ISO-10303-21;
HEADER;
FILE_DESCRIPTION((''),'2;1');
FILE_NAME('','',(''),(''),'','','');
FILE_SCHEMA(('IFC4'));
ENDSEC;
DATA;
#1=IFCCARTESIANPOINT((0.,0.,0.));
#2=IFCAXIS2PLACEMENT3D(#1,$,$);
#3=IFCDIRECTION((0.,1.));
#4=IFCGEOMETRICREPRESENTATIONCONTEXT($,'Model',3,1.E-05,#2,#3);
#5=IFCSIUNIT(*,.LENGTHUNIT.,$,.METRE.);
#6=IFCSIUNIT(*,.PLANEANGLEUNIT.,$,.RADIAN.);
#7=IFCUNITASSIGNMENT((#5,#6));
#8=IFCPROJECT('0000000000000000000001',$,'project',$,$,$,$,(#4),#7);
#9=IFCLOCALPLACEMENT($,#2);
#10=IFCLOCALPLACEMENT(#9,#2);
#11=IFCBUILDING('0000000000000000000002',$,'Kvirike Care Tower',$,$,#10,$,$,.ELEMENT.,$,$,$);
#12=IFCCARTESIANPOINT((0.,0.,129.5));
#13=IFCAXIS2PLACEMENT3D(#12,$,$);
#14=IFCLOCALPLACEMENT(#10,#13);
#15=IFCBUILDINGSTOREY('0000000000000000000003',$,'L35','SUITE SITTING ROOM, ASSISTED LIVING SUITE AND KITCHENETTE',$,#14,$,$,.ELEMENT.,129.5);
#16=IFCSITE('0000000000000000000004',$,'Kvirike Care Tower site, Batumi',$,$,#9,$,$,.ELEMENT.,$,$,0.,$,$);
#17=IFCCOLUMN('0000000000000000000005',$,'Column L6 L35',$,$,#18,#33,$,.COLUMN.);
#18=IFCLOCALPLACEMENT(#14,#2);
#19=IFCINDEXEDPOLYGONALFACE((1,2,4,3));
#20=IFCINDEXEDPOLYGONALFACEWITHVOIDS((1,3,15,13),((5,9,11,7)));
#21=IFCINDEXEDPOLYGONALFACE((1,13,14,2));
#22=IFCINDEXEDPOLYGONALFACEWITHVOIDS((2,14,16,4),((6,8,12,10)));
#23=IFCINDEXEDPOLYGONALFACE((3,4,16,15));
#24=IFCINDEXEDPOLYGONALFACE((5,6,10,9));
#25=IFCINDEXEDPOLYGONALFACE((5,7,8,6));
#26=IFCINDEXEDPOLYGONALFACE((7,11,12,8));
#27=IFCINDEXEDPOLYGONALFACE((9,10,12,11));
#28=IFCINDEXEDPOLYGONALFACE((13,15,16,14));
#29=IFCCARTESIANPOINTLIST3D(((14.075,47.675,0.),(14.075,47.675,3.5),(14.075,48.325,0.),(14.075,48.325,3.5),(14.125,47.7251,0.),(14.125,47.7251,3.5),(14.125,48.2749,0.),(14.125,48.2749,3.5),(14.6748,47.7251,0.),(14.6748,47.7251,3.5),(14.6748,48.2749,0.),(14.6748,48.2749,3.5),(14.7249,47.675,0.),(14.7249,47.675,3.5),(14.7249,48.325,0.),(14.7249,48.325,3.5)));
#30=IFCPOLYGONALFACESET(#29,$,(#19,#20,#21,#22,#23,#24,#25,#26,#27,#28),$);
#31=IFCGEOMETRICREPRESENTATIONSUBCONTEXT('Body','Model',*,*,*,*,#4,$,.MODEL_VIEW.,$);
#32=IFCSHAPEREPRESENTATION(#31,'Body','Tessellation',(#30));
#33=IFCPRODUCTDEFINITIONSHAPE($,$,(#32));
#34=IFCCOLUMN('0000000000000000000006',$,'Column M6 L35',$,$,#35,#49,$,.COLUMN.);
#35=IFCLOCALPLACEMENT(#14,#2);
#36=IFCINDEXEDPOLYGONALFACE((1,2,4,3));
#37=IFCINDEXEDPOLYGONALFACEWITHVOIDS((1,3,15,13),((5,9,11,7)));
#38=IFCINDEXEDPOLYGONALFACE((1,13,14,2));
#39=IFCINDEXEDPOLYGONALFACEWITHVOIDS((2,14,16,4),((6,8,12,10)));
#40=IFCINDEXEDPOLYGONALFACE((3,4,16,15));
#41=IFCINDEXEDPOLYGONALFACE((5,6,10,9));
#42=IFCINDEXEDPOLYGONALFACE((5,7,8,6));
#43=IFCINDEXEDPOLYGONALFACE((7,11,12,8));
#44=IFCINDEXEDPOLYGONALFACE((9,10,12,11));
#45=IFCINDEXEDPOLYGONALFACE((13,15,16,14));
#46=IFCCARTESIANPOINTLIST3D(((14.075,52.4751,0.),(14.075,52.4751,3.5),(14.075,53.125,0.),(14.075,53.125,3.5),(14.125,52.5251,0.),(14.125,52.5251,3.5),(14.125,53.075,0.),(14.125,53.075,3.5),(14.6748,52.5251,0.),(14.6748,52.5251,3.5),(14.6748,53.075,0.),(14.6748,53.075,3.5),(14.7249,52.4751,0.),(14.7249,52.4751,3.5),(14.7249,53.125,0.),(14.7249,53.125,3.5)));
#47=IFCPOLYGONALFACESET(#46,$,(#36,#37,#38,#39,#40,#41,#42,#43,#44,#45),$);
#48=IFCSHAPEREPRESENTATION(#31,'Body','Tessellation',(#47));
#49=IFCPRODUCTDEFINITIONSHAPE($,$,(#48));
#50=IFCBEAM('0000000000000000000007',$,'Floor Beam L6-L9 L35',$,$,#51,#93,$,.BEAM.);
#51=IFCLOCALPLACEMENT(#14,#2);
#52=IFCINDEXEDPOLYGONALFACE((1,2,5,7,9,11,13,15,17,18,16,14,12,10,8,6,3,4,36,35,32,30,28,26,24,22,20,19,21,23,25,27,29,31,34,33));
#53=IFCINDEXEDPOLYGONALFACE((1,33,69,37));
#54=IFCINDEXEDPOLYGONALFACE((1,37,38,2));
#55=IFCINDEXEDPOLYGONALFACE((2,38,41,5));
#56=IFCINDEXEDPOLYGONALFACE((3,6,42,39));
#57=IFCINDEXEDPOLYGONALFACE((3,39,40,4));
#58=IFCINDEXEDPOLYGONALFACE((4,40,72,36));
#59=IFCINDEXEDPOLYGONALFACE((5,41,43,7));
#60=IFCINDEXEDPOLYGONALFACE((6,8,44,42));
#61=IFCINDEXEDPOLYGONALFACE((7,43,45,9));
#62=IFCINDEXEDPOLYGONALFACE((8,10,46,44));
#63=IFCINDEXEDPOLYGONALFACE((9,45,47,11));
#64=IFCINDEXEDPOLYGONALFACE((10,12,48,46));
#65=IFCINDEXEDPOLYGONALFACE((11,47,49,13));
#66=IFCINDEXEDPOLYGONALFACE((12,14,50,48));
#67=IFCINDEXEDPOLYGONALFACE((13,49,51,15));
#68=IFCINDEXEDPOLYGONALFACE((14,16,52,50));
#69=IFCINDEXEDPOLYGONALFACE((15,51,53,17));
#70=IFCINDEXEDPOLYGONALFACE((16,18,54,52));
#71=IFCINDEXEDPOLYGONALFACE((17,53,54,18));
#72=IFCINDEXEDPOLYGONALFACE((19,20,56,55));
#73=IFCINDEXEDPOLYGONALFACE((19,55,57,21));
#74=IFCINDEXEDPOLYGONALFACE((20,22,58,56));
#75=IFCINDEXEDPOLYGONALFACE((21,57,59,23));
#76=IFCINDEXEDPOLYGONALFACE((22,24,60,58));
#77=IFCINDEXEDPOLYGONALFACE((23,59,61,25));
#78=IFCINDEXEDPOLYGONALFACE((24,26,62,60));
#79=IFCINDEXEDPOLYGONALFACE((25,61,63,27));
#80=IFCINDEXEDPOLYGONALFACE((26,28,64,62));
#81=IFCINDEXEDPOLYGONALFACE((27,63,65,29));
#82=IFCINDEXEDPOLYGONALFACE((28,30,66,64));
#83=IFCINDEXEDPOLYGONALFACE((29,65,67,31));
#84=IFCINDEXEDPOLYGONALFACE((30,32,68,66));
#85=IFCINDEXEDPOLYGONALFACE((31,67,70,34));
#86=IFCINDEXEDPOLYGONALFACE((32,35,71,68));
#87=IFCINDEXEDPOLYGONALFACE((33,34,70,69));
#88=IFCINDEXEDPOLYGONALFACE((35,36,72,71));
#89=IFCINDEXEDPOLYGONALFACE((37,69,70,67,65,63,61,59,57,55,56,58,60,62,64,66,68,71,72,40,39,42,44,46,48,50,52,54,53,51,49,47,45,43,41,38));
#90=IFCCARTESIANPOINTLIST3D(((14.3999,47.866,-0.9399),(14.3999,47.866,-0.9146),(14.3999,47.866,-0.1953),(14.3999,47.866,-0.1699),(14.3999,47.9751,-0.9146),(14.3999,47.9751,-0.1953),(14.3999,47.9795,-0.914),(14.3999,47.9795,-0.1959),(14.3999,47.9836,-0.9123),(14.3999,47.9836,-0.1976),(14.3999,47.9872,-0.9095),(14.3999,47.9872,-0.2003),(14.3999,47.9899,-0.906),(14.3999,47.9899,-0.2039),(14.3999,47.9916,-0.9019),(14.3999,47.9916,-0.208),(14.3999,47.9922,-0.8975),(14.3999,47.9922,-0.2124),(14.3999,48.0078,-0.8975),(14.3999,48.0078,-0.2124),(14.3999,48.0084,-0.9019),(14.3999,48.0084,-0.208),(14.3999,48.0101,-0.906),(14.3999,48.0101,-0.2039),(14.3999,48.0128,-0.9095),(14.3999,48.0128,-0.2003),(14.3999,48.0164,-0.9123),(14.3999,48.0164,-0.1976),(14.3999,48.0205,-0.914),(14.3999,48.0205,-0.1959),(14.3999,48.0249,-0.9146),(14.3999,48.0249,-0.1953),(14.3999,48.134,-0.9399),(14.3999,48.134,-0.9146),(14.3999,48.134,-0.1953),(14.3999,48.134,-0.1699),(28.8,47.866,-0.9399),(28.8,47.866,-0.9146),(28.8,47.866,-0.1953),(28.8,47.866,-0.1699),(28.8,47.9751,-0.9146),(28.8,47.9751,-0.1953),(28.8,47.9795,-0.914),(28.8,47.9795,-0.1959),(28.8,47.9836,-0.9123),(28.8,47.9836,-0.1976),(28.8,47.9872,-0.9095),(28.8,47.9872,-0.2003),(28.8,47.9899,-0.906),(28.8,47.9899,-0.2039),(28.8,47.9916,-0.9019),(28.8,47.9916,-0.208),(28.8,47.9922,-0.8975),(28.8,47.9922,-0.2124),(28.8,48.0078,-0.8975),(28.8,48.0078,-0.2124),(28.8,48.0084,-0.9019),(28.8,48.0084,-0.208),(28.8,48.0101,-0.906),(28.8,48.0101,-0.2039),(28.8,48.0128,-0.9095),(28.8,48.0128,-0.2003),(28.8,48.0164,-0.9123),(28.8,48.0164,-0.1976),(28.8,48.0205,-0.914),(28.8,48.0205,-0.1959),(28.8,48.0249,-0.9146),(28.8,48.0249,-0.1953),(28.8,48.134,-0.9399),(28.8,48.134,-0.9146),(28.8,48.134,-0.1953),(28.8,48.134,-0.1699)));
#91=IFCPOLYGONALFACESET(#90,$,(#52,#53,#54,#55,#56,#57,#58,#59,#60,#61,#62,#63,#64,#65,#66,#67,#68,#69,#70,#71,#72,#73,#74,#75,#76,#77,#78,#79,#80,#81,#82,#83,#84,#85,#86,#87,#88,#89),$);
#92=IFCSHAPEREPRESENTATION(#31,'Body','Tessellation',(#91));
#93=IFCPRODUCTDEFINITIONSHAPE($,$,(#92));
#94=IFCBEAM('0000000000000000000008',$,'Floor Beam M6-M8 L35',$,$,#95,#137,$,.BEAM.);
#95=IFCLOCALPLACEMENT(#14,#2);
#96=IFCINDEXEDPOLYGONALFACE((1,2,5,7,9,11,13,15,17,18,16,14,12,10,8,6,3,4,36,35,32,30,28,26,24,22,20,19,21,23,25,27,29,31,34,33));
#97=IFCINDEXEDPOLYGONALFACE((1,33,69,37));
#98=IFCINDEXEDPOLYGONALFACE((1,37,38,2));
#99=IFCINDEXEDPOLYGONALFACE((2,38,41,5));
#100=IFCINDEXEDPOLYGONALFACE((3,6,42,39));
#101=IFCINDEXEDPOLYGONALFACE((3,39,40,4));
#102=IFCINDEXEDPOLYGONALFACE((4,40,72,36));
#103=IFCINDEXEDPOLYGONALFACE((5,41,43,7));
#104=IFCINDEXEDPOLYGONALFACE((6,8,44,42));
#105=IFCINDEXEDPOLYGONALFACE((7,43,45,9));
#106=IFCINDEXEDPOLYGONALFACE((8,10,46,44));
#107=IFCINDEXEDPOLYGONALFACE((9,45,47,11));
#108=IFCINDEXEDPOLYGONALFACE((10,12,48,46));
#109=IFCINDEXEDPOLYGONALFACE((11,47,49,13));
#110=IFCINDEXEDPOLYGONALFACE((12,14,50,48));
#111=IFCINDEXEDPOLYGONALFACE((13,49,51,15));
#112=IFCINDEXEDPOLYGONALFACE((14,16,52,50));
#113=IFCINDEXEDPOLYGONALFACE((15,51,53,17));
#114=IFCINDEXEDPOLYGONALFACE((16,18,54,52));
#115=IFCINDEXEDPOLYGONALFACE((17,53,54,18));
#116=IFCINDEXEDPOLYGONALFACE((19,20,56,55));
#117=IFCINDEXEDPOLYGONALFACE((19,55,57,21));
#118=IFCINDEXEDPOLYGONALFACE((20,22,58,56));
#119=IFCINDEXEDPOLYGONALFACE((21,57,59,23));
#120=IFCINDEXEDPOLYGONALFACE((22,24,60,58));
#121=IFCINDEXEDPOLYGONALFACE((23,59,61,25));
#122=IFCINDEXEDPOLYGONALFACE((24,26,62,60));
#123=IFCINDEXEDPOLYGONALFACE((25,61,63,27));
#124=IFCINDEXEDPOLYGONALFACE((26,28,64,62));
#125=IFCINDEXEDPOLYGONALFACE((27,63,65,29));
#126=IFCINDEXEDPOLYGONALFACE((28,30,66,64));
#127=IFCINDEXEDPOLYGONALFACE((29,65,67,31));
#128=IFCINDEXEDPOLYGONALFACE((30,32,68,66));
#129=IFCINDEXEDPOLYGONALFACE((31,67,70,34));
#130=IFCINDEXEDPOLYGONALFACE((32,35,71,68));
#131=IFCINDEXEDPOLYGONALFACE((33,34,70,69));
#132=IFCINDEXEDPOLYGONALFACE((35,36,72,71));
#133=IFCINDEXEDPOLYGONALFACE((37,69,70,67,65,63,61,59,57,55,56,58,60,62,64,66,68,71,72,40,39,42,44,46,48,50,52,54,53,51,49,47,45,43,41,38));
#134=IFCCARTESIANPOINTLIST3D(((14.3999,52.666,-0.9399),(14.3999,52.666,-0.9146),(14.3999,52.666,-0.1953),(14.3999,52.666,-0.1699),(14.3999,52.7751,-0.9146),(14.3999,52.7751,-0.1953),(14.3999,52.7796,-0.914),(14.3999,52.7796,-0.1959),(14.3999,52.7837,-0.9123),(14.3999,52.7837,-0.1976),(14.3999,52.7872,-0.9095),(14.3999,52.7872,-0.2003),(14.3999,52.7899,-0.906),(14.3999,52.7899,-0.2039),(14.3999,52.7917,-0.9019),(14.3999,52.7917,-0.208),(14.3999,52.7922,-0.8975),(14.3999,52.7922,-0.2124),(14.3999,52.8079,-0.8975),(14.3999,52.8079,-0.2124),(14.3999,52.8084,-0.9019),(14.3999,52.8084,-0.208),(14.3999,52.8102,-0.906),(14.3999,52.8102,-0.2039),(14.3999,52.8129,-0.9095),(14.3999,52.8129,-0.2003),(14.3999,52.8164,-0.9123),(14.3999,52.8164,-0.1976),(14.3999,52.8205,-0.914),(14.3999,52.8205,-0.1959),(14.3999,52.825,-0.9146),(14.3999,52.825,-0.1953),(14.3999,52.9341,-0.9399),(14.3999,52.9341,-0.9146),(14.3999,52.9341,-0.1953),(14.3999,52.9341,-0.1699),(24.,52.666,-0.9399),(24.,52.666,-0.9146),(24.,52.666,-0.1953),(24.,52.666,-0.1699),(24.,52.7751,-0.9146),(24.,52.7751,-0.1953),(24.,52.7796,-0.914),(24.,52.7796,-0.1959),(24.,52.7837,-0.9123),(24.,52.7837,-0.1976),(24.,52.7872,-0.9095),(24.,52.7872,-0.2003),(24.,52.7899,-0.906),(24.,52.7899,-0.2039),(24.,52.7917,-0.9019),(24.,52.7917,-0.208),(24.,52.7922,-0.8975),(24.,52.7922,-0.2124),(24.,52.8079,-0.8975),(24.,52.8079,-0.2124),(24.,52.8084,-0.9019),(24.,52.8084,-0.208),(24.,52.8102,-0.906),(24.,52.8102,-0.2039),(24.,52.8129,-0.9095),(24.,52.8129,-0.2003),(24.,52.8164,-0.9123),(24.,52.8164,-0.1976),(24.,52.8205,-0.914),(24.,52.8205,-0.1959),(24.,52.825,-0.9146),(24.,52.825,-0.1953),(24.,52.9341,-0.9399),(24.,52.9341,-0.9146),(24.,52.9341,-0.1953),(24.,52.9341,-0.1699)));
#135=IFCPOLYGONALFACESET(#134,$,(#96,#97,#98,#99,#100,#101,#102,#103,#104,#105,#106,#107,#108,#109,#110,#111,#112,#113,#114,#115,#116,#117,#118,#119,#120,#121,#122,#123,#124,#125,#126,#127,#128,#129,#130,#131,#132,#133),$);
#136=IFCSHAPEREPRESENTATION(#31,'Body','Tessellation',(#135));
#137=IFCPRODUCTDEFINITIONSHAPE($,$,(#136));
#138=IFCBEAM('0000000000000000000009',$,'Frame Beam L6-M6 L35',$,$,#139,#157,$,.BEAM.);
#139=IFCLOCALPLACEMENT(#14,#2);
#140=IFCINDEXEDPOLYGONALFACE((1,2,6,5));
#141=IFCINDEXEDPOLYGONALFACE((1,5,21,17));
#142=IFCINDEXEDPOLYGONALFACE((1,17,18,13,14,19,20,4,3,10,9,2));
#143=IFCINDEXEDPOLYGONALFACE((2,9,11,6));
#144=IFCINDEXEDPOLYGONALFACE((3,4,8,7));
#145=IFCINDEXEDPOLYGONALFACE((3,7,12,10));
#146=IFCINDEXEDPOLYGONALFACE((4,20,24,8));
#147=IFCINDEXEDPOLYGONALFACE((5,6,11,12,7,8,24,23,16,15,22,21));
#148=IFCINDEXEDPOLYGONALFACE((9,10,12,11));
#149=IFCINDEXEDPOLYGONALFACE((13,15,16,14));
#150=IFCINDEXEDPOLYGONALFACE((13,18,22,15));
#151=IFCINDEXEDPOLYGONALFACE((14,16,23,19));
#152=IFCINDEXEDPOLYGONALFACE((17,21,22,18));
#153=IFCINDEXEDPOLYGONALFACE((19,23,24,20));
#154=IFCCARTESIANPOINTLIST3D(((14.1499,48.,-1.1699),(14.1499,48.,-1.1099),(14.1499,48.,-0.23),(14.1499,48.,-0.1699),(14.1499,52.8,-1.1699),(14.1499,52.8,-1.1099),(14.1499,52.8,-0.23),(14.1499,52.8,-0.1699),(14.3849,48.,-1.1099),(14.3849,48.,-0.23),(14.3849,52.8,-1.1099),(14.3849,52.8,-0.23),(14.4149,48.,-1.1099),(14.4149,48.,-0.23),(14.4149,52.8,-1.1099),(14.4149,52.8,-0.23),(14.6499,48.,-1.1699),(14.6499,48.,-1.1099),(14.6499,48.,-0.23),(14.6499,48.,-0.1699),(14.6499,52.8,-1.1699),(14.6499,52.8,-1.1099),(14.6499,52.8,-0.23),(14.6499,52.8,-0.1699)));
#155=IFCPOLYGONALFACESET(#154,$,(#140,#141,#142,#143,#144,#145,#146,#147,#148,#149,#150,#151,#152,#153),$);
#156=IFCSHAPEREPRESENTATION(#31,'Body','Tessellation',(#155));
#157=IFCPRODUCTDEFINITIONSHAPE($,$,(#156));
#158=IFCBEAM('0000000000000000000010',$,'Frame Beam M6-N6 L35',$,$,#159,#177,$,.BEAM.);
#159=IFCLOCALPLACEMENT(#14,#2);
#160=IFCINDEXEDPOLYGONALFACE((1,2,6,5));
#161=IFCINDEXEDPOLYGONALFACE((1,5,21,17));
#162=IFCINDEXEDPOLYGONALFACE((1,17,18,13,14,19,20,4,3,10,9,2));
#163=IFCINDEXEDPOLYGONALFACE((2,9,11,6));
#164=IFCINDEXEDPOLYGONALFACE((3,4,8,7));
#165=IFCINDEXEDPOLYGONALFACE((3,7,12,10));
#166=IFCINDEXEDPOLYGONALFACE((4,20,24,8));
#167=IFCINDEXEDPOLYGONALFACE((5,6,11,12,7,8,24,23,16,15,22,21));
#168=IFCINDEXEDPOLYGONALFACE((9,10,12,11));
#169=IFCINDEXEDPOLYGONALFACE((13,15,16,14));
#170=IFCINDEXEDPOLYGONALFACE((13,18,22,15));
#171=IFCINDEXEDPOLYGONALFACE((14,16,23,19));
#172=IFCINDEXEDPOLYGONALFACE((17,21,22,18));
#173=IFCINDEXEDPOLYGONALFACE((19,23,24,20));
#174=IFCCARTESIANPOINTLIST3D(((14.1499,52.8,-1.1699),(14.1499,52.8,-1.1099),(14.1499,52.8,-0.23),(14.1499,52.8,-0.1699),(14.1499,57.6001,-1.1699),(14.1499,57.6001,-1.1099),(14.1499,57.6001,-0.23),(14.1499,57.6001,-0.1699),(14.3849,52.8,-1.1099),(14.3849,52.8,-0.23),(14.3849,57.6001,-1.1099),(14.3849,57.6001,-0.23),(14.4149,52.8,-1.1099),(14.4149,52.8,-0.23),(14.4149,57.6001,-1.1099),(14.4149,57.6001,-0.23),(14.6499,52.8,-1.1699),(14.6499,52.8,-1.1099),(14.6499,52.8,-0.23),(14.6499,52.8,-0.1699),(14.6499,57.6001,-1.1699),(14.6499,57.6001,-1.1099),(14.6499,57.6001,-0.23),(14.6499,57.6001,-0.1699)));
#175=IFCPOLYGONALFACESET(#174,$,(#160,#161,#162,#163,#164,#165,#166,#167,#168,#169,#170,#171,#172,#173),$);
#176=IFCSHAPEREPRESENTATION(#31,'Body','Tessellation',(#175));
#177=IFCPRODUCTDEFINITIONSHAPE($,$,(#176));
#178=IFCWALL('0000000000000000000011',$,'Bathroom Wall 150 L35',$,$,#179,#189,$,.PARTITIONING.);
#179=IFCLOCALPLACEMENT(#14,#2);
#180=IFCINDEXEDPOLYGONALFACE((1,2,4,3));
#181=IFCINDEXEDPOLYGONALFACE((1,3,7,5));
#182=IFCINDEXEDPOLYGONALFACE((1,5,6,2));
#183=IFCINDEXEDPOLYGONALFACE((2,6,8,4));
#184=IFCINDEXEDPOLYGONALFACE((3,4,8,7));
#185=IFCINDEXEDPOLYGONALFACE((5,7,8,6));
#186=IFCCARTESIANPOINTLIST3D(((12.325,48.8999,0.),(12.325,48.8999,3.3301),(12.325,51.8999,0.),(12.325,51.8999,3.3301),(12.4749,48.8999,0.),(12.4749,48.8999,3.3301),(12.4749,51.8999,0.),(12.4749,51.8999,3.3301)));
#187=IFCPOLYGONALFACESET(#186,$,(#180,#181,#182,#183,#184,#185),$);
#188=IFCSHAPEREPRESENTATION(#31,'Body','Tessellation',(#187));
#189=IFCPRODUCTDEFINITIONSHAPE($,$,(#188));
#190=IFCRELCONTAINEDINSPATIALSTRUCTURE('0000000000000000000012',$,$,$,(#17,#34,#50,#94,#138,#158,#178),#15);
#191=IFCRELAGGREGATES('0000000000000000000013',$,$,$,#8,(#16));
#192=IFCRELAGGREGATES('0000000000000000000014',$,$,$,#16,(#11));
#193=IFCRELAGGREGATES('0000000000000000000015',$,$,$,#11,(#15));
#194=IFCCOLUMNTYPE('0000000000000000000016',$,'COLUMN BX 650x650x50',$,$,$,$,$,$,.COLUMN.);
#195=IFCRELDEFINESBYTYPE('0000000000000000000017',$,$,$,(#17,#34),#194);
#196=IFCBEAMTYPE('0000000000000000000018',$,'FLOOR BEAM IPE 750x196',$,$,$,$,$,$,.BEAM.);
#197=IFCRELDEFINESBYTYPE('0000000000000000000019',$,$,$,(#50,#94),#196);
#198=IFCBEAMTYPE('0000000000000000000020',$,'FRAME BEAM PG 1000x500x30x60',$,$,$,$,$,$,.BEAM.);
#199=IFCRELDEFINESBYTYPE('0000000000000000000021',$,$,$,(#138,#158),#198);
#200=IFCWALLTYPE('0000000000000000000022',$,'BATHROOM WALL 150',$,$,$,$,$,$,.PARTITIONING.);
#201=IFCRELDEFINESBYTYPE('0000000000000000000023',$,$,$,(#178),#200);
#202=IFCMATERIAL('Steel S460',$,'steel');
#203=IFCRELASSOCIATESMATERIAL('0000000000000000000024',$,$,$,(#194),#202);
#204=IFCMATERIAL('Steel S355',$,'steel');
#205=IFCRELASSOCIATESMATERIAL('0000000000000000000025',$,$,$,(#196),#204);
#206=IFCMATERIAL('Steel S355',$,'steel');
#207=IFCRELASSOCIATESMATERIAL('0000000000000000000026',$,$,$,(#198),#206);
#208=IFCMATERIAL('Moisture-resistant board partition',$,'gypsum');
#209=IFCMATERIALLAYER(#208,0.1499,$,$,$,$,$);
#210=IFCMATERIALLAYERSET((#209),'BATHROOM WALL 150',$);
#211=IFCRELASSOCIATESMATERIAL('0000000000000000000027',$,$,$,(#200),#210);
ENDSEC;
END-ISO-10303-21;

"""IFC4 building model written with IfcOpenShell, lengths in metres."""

from ifc_helpers import new_model, si_unit, direction, frame, frame_2d, origin, origin_2d, place, context, subcontext, project, spatial, rectangle, hollow_rectangle, i_section, extrude, material, layer, layer_set, material_profile, profile_set, type_object, element, save


model = new_model("IFC4")

# Units and contexts
model_context = context("Model", 3, precision=1e-05, world=origin(), true_north=direction((0.0, 1.0)))
body_context = subcontext(model_context, "Body", "Model", "MODEL_VIEW")
ifc_project = project(units=[si_unit("LENGTHUNIT", "METRE"), si_unit("PLANEANGLEUNIT", "RADIAN")], contexts=[model_context])

# Site, building, storey
site_placement = place(None, origin())
site = spatial("IfcSite", under=ifc_project, at=site_placement, Name="Kvirike Care Tower site, Batumi", CompositionType="ELEMENT", RefElevation=0.0)
building_placement = place(site_placement, origin())
building = spatial("IfcBuilding", under=site, at=building_placement, Name="Kvirike Care Tower", CompositionType="ELEMENT")
storey_placement = place(building_placement, frame((0.0, 0.0, 129.5)))
storey = spatial("IfcBuildingStorey", under=building, at=storey_placement, Name="L35", Description="SUITE SITTING ROOM, ASSISTED LIVING SUITE AND KITCHENETTE", CompositionType="ELEMENT", Elevation=129.5)

# Columns
ifc_material_1 = material(Name="Steel S460", Category="steel")
ifc_material_profile_1 = material_profile(ifc_material_1, hollow_rectangle(XDim=0.6499, YDim=0.6499, WallThickness=0.05, at=origin_2d()), Name="BX 650x650x50")
ifc_profile_set_1 = profile_set([ifc_material_profile_1], Name="Steel S460")
column_type = type_object("IfcColumnType", Name="COLUMN BX 650x650x50", PredefinedType="COLUMN", material=ifc_profile_set_1)
for number, where, z_axis, x_axis, name in (
    (1, (14.3999, 48.0, 0.0), (0.0, 0.0, 1.0), (1.0, 0.0, 0.0), "Column L6 L35"),
    (2, (14.3999, 52.8, 0.0), (0.0, 0.0, 1.0), (1.0, 0.0, 0.0), "Column M6 L35"),
):
    element("IfcColumn", number, at=place(storey_placement, frame(where, z_axis=z_axis, x_axis=x_axis)), inside=storey, type_object=column_type, Name=name, PredefinedType="COLUMN", context=body_context, shape_type="SweptSolid", body=[
        extrude(hollow_rectangle(XDim=0.6499, YDim=0.6499, WallThickness=0.05, at=origin_2d()), origin(), (0.0, 0.0, 1.0), 3.5),
    ])

# Beams
ifc_material_2 = material(Name="Steel S355", Category="steel")
ifc_material_profile_2 = material_profile(ifc_material_2, i_section(OverallWidth=0.2681, OverallDepth=0.77, WebThickness=0.0156, FlangeThickness=0.0254, FilletRadius=0.0171, at=origin_2d()), Name="IPE 750x196")
ifc_profile_set_2 = profile_set([ifc_material_profile_2], Name="Steel S355")
beam_type_1 = type_object("IfcBeamType", Name="FLOOR BEAM IPE 750x196", PredefinedType="BEAM", material=ifc_profile_set_2)
beam_1_placement = place(storey_placement, frame((14.3999, 48.0, -0.5549), z_axis=(1.0, 0.0, 0.0), x_axis=(0.0, 1.0, 0.0)))
element("IfcBeam", 3, at=beam_1_placement, inside=storey, type_object=beam_type_1, Name="Floor Beam L6-L9 L35", PredefinedType="BEAM", context=body_context, shape_type="SweptSolid", body=[
    extrude(i_section(OverallWidth=0.2681, OverallDepth=0.77, WebThickness=0.0156, FlangeThickness=0.0254, FilletRadius=0.0171, at=origin_2d()), origin(), (0.0, 0.0, 1.0), 14.4001),
])
beam_2_placement = place(storey_placement, frame((14.3999, 52.8, -0.5549), z_axis=(1.0, 0.0, 0.0), x_axis=(0.0, 1.0, 0.0)))
element("IfcBeam", 4, at=beam_2_placement, inside=storey, type_object=beam_type_1, Name="Floor Beam M6-M8 L35", PredefinedType="BEAM", context=body_context, shape_type="SweptSolid", body=[
    extrude(i_section(OverallWidth=0.2681, OverallDepth=0.77, WebThickness=0.0156, FlangeThickness=0.0254, FilletRadius=0.0171, at=origin_2d()), origin(), (0.0, 0.0, 1.0), 9.6001),
])
ifc_material_3 = material(Name="Steel S355", Category="steel")
ifc_material_profile_3 = material_profile(ifc_material_3, i_section(OverallWidth=0.5, OverallDepth=1.0, WebThickness=0.03, FlangeThickness=0.0601, at=origin_2d()), Name="PG 1000x500x30x60")
ifc_profile_set_3 = profile_set([ifc_material_profile_3], Name="Steel S355")
beam_type_2 = type_object("IfcBeamType", Name="FRAME BEAM PG 1000x500x30x60", PredefinedType="BEAM", material=ifc_profile_set_3)
for number, where, z_axis, x_axis, name in (
    (5, (14.3999, 48.0, -0.6699), (0.0, 1.0, 0.0), (-1.0, 0.0, 0.0), "Frame Beam L6-M6 L35"),
    (6, (14.3999, 52.8, -0.6699), (0.0, 1.0, 0.0), (-1.0, 0.0, 0.0), "Frame Beam M6-N6 L35"),
):
    element("IfcBeam", number, at=place(storey_placement, frame(where, z_axis=z_axis, x_axis=x_axis)), inside=storey, type_object=beam_type_2, Name=name, PredefinedType="BEAM", context=body_context, shape_type="SweptSolid", body=[
        extrude(i_section(OverallWidth=0.5, OverallDepth=1.0, WebThickness=0.03, FlangeThickness=0.0601, at=origin_2d()), origin(), (0.0, 0.0, 1.0), 4.8),
    ])

# Wall
ifc_material_4 = material(Name="Moisture-resistant board partition", Category="gypsum")
ifc_layer_1 = layer(ifc_material_4, 0.1499)
ifc_layer_set_1 = layer_set([ifc_layer_1], Name="BATHROOM WALL 150")
wall_type_1 = type_object("IfcWallType", Name="BATHROOM WALL 150", PredefinedType="PARTITIONING", material=ifc_layer_set_1)
wall_1_placement = place(storey_placement, frame((12.3999, 51.8999, 0.0), z_axis=(0.0, 0.0, 1.0), x_axis=(0.0, -1.0, 0.0)))
element("IfcWall", 7, at=wall_1_placement, inside=storey, type_object=wall_type_1, Name="Bathroom Wall 150 L35", PredefinedType="PARTITIONING", context=body_context, shape_type="SweptSolid", body=[
    extrude(rectangle(XDim=3.0, YDim=0.1499, at=frame_2d((1.5, 0.0))), origin(), (0.0, 0.0, 1.0), 3.3301),
])

save(model, "model.ifc")
